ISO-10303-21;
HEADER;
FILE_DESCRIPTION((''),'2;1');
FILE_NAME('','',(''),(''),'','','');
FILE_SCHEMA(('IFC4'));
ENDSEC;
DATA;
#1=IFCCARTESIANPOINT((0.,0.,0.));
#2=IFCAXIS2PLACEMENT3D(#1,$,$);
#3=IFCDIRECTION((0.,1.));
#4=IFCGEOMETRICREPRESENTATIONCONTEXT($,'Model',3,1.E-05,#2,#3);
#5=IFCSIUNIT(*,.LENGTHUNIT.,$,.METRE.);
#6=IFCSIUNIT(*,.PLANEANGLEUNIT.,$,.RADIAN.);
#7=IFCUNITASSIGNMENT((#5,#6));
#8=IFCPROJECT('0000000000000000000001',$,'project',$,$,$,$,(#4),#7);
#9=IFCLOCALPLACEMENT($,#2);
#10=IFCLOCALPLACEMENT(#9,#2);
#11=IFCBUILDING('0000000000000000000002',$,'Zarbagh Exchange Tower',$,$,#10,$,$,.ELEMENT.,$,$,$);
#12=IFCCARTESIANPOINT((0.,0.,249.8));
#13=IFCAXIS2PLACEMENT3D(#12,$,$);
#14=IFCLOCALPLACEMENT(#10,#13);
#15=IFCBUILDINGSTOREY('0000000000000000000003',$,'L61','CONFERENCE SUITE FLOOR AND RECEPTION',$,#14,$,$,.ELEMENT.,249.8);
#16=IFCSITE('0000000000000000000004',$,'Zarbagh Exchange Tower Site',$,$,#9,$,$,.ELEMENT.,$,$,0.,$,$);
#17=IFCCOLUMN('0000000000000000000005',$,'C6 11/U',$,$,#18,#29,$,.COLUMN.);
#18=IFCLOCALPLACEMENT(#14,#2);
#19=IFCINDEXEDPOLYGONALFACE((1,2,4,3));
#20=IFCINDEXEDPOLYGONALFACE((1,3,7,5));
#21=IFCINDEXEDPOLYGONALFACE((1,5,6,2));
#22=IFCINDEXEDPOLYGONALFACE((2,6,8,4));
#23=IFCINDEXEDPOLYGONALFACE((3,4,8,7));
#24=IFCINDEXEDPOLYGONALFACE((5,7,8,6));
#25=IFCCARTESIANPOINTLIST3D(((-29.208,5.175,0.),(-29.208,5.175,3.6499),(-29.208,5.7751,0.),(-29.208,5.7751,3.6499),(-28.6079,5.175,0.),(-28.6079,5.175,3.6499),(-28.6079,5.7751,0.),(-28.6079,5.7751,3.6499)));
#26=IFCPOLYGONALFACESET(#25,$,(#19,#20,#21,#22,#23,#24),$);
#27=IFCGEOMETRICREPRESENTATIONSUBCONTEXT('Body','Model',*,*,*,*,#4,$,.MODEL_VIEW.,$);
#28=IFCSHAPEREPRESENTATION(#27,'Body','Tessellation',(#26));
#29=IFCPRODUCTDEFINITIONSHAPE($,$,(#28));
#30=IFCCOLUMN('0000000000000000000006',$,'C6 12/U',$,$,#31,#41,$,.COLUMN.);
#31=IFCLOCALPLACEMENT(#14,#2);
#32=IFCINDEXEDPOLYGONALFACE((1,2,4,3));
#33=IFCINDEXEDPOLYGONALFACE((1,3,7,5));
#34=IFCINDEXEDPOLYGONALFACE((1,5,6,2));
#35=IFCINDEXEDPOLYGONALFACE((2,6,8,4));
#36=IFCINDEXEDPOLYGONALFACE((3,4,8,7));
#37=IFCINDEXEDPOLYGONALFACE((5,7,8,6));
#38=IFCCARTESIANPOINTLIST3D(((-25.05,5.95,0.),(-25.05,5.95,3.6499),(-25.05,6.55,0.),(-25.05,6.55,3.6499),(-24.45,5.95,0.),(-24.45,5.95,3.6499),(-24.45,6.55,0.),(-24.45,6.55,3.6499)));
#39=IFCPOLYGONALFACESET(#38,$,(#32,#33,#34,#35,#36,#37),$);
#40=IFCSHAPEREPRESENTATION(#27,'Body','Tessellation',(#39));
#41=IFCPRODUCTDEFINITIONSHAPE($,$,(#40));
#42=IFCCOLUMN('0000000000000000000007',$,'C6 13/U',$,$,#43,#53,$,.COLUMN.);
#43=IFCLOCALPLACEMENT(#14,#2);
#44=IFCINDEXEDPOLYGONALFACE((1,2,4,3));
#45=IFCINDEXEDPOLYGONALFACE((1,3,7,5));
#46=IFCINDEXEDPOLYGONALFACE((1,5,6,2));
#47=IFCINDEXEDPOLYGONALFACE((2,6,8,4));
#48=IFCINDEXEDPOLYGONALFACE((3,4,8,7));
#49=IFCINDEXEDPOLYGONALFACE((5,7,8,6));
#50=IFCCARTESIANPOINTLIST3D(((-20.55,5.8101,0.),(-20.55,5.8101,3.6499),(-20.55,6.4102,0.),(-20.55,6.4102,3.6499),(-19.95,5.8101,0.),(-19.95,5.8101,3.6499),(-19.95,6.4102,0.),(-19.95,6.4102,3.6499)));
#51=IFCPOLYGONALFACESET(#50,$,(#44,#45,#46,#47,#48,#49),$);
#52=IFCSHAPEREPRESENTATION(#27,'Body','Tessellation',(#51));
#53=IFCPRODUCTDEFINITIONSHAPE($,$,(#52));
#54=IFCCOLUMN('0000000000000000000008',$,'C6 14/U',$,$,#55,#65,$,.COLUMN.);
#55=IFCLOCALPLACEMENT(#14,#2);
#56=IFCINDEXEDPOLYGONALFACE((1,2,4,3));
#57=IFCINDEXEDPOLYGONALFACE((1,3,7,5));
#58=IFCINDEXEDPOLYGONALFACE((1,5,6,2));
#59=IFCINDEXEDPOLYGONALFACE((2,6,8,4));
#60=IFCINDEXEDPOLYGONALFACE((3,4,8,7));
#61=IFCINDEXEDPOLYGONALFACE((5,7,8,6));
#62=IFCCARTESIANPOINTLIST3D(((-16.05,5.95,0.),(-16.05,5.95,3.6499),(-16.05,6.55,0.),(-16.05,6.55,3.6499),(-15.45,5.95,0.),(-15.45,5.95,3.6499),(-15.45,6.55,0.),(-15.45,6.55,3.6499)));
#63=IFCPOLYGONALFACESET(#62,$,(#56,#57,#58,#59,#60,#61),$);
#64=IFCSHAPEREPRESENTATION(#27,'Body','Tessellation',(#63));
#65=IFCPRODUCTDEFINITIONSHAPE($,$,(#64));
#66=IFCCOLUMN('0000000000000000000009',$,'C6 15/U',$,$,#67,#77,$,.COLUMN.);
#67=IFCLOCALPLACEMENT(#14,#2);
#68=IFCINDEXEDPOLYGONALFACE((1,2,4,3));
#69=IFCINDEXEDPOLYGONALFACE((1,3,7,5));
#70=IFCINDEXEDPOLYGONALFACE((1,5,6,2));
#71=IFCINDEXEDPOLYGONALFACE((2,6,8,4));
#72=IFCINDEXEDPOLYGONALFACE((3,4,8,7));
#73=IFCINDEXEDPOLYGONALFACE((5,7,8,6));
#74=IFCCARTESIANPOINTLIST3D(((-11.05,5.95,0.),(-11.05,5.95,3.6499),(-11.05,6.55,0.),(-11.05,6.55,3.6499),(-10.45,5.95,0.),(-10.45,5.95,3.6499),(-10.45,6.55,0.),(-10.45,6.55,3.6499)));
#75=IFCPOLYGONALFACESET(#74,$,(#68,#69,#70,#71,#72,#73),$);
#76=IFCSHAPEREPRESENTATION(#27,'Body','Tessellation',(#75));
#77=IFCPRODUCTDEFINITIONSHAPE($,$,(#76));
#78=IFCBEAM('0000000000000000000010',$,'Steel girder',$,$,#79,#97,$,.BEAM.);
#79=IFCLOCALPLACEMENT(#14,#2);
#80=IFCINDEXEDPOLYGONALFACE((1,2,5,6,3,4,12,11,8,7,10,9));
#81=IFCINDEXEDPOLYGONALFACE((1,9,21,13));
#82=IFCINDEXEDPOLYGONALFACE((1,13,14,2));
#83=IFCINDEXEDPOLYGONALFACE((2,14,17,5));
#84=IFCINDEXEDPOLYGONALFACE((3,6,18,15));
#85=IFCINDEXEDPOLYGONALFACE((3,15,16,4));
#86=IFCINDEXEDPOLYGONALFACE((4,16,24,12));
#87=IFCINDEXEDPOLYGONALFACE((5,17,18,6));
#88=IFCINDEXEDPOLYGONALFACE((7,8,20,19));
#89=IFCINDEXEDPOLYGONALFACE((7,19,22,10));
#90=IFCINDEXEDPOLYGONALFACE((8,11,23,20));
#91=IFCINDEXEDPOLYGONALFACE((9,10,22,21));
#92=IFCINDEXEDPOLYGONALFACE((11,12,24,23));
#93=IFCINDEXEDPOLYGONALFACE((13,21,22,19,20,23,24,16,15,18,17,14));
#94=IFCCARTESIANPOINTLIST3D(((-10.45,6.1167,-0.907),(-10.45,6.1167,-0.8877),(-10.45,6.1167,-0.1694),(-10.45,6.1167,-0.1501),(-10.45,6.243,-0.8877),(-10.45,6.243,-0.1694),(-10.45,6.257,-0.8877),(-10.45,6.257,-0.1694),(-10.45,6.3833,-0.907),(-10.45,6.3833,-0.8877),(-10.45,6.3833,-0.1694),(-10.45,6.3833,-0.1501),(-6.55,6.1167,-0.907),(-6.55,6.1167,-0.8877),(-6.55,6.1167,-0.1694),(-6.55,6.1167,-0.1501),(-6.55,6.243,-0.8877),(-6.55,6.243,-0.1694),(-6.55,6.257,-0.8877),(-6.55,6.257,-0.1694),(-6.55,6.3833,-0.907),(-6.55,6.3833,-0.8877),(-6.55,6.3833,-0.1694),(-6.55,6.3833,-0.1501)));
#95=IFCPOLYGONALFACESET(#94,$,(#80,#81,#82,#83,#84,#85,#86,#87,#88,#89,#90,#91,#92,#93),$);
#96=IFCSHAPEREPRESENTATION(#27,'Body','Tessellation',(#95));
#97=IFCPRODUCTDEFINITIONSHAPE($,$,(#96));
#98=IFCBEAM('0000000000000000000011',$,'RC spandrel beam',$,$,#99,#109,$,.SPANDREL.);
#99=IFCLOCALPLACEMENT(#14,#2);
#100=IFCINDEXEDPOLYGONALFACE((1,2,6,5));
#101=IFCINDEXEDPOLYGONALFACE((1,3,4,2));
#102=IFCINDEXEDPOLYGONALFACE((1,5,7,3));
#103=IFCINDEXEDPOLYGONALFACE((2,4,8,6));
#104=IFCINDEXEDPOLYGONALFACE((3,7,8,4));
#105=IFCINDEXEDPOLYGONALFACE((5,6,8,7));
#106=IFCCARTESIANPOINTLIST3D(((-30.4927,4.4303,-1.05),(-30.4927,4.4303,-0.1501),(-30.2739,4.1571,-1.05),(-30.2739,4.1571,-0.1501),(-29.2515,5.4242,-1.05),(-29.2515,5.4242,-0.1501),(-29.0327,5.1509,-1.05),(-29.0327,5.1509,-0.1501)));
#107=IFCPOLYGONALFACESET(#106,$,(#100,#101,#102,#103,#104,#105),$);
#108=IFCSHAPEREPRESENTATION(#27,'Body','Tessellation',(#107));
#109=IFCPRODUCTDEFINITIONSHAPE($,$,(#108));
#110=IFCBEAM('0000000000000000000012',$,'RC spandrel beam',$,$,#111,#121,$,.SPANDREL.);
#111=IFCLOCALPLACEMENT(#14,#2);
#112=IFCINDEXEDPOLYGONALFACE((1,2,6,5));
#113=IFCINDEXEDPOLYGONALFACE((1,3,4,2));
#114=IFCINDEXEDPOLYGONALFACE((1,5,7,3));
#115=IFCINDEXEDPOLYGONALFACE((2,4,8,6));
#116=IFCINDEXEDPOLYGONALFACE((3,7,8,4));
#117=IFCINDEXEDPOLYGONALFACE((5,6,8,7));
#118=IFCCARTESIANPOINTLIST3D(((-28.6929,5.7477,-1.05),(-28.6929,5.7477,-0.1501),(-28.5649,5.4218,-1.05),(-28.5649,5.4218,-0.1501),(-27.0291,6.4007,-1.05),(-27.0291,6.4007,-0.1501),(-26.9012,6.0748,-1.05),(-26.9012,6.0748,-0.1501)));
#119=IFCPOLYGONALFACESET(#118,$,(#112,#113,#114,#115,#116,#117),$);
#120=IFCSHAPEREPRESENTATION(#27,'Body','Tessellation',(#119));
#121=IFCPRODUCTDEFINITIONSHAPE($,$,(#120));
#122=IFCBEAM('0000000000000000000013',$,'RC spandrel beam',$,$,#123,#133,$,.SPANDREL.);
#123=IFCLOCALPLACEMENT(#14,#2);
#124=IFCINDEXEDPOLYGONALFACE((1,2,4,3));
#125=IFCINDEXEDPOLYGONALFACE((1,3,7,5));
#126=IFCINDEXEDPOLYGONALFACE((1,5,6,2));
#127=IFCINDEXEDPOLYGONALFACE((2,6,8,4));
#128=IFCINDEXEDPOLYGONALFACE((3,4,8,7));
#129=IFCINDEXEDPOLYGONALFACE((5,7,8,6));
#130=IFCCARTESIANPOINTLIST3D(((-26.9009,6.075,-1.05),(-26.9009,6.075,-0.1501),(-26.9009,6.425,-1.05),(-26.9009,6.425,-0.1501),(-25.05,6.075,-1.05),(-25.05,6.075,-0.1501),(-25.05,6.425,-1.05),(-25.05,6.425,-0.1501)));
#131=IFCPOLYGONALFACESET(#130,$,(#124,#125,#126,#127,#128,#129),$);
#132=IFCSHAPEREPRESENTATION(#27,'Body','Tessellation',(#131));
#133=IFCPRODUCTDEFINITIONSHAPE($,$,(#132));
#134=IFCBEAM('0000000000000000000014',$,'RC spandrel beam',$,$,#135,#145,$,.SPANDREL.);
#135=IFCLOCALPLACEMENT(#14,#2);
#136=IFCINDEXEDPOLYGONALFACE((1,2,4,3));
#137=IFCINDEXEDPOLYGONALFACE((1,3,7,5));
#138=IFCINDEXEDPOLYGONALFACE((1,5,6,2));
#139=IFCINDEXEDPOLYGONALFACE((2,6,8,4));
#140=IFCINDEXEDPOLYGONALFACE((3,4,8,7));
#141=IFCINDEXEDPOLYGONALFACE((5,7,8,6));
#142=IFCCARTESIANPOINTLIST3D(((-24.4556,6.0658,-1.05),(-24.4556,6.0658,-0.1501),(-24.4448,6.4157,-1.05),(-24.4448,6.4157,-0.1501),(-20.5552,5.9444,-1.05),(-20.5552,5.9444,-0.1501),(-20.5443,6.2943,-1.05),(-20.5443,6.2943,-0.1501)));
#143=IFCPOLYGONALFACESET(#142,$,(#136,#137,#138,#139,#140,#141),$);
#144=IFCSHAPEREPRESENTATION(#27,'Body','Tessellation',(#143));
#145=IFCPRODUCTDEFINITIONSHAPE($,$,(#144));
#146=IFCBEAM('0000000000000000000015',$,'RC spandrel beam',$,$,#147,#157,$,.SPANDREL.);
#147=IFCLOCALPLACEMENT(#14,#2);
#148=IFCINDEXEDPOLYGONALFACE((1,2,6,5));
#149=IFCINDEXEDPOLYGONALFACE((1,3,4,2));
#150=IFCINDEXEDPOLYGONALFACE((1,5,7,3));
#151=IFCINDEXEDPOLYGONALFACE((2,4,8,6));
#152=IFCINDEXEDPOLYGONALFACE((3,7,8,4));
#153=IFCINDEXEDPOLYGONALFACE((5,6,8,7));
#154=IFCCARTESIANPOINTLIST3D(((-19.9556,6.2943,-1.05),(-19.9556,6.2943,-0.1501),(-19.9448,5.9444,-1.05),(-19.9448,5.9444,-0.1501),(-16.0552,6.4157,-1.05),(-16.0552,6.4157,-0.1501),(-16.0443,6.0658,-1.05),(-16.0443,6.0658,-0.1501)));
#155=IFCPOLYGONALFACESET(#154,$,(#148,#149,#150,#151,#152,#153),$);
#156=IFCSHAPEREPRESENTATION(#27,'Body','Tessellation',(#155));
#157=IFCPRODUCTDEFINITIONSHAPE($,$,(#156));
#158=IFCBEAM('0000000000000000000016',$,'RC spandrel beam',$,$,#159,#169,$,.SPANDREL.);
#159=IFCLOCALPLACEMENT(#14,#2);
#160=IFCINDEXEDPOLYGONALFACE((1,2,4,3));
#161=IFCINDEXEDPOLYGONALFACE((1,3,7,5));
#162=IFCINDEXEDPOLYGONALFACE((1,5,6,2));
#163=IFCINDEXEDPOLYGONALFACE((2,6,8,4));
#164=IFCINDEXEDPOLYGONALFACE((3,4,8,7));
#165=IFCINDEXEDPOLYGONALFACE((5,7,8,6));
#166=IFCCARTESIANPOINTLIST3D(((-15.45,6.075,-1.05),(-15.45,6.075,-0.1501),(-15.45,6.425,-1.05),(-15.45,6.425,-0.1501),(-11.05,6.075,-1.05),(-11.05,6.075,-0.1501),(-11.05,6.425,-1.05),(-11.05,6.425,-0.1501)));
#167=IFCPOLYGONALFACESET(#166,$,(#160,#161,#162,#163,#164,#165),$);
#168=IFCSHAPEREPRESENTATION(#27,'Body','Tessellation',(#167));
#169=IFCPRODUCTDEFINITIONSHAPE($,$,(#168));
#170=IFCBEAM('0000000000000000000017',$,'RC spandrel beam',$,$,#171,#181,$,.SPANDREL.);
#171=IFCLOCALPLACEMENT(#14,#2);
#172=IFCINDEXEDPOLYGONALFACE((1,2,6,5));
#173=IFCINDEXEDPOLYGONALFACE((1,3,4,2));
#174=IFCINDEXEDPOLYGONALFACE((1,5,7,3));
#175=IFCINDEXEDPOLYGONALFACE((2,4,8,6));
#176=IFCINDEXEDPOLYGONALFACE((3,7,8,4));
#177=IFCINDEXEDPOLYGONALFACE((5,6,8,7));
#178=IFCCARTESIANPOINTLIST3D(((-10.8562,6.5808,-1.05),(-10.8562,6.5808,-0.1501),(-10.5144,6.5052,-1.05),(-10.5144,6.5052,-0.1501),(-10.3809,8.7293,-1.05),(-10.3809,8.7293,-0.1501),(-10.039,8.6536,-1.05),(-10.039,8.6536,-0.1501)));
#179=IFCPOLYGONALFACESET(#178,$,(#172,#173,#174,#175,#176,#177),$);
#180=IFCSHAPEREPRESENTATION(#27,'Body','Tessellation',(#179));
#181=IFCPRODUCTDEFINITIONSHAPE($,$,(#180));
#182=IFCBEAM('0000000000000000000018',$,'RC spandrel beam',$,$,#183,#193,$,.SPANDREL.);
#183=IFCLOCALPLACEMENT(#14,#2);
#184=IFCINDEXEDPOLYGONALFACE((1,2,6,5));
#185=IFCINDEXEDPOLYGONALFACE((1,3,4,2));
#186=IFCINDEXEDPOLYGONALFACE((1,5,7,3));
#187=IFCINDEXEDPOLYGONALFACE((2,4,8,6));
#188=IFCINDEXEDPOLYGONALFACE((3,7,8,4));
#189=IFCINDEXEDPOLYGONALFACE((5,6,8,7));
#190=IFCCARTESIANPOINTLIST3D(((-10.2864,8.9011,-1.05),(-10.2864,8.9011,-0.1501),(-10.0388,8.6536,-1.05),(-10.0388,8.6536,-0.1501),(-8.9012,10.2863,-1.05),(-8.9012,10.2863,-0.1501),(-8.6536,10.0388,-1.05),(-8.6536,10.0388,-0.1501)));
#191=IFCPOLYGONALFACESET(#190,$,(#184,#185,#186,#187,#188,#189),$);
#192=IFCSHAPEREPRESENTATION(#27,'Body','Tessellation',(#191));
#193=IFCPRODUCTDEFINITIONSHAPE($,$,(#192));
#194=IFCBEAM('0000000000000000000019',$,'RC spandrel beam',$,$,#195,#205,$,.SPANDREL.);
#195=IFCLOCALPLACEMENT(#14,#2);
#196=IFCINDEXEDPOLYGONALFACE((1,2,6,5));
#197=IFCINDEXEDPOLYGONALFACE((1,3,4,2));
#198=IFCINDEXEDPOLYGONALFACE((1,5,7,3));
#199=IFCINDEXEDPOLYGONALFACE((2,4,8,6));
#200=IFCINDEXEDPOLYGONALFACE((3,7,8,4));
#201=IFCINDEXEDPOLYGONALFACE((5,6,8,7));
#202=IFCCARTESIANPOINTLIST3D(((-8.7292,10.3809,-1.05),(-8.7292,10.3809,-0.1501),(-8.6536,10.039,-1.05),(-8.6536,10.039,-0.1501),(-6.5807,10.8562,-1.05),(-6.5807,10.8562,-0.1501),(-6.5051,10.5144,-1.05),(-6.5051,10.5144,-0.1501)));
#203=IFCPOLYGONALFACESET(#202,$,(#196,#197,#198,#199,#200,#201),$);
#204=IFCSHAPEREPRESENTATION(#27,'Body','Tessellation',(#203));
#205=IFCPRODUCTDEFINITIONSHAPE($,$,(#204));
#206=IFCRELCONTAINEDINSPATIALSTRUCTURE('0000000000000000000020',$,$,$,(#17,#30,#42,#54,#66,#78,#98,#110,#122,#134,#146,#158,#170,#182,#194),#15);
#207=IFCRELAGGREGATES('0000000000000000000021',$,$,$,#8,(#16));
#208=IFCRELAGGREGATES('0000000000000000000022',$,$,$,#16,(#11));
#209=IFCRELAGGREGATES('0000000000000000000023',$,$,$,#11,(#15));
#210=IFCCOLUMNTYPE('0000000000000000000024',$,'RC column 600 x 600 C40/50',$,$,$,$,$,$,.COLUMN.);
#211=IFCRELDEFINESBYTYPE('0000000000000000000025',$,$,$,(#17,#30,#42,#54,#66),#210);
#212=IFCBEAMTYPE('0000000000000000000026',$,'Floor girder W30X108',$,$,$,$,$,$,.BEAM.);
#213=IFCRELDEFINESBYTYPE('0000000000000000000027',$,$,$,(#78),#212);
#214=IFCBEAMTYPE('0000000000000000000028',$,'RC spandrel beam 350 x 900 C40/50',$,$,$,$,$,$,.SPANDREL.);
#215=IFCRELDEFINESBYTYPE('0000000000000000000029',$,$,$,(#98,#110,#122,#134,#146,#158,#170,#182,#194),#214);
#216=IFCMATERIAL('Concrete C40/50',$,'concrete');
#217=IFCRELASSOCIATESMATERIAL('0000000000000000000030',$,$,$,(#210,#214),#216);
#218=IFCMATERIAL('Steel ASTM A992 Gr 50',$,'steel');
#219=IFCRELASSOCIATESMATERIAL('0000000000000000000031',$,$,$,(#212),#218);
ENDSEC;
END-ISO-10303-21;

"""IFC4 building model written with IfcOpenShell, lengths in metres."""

from ifc_helpers import new_model, si_unit, direction, frame, origin, origin_2d, place, context, subcontext, project, spatial, rectangle, i_section, extrude, material, material_profile, profile_set, type_object, element, save


model = new_model("IFC4")

# Units and contexts
model_context = context("Model", 3, precision=1e-05, world=origin(), true_north=direction((0.0, 1.0)))
body_context = subcontext(model_context, "Body", "Model", "MODEL_VIEW")
ifc_project = project(units=[si_unit("LENGTHUNIT", "METRE"), si_unit("PLANEANGLEUNIT", "RADIAN")], contexts=[model_context])

# Site, building, storey
site_placement = place(None, origin())
site = spatial("IfcSite", under=ifc_project, at=site_placement, Name="Zarbagh Exchange Tower Site", CompositionType="ELEMENT", RefElevation=0.0)
building_placement = place(site_placement, origin())
building = spatial("IfcBuilding", under=site, at=building_placement, Name="Zarbagh Exchange Tower", CompositionType="ELEMENT")
storey_placement = place(building_placement, frame((0.0, 0.0, 249.8)))
storey = spatial("IfcBuildingStorey", under=building, at=storey_placement, Name="L61", Description="CONFERENCE SUITE FLOOR AND RECEPTION", CompositionType="ELEMENT", Elevation=249.8)

# Columns
ifc_material_1 = material(Name="Concrete C40/50", Category="concrete")
ifc_material_profile_1 = material_profile(ifc_material_1, rectangle(XDim=0.6001, YDim=0.6001, at=origin_2d()), Name="RC column 600 x 600 C40/50")
ifc_profile_set_1 = profile_set([ifc_material_profile_1], Name="Concrete C40/50")
column_type = type_object("IfcColumnType", Name="RC column 600 x 600 C40/50", PredefinedType="COLUMN", material=ifc_profile_set_1)
for number, where, z_axis, x_axis, name in (
    (1, (-28.908, 5.4751, 0.0), (0.0, 0.0, 1.0), (1.0, 0.0, 0.0), "C6 11/U"),
    (2, (-24.75, 6.25, 0.0), (0.0, 0.0, 1.0), (1.0, 0.0, 0.0), "C6 12/U"),
    (3, (-20.25, 6.1101, 0.0), (0.0, 0.0, 1.0), (1.0, 0.0, 0.0), "C6 13/U"),
    (4, (-15.75, 6.25, 0.0), (0.0, 0.0, 1.0), (1.0, 0.0, 0.0), "C6 14/U"),
    (5, (-10.75, 6.25, 0.0), (0.0, 0.0, 1.0), (1.0, 0.0, 0.0), "C6 15/U"),
):
    element("IfcColumn", number, at=place(storey_placement, frame(where, z_axis=z_axis, x_axis=x_axis)), inside=storey, type_object=column_type, Name=name, PredefinedType="COLUMN", context=body_context, shape_type="SweptSolid", body=[
        extrude(rectangle(XDim=0.6001, YDim=0.6001, at=origin_2d()), origin(), (0.0, 0.0, 1.0), 3.6499),
    ])

# Beams
ifc_material_2 = material(Name="Steel ASTM A992 Gr 50", Category="steel")
ifc_material_profile_2 = material_profile(ifc_material_2, i_section(OverallWidth=0.2666, OverallDepth=0.7568, WebThickness=0.0139, FlangeThickness=0.0193, at=origin_2d()), Name="W30X108")
ifc_profile_set_2 = profile_set([ifc_material_profile_2], Name="Steel ASTM A992 Gr 50")
beam_type_1 = type_object("IfcBeamType", Name="Floor girder W30X108", PredefinedType="BEAM", material=ifc_profile_set_2)
beam_1_placement = place(storey_placement, frame((-10.45, 6.25, -0.5286), z_axis=(1.0, 0.0, 0.0), x_axis=(0.0, 1.0, 0.0)))
element("IfcBeam", 6, at=beam_1_placement, inside=storey, type_object=beam_type_1, Name="Steel girder", PredefinedType="BEAM", context=body_context, shape_type="SweptSolid", body=[
    extrude(i_section(OverallWidth=0.2666, OverallDepth=0.7568, WebThickness=0.0139, FlangeThickness=0.0193, at=origin_2d()), origin(), (0.0, 0.0, 1.0), 3.8999),
])
ifc_material_profile_3 = material_profile(ifc_material_1, rectangle(XDim=0.3501, YDim=0.8999, at=origin_2d()), Name="RC spandrel beam 350 x 900 C40/50")
ifc_profile_set_3 = profile_set([ifc_material_profile_3], Name="Concrete C40/50")
beam_type_2 = type_object("IfcBeamType", Name="RC spandrel beam 350 x 900 C40/50", PredefinedType="SPANDREL", material=ifc_profile_set_3)
beam_2_placement = place(storey_placement, frame((-30.3833, 4.2937, -0.6001), z_axis=(0.780584, 0.625051, 0.0), x_axis=(-0.625051, 0.780584, 0.0)))
element("IfcBeam", 7, at=beam_2_placement, inside=storey, type_object=beam_type_2, Name="RC spandrel beam", PredefinedType="SPANDREL", context=body_context, shape_type="SweptSolid", body=[
    extrude(rectangle(XDim=0.3501, YDim=0.8999, at=origin_2d()), origin(), (0.0, 0.0, 1.0), 1.5901),
])
beam_3_placement = place(storey_placement, frame((-28.6289, 5.5847, -0.6001), z_axis=(0.930859, 0.365378, 0.0), x_axis=(-0.365378, 0.930859, 0.0)))
element("IfcBeam", 8, at=beam_3_placement, inside=storey, type_object=beam_type_2, Name="RC spandrel beam", PredefinedType="SPANDREL", context=body_context, shape_type="SweptSolid", body=[
    extrude(rectangle(XDim=0.3501, YDim=0.8999, at=origin_2d()), origin(), (0.0, 0.0, 1.0), 1.7874),
])
beam_4_placement = place(storey_placement, frame((-26.9009, 6.25, -0.6001), z_axis=(1.0, 0.0, 0.0), x_axis=(0.0, 1.0, 0.0)))
element("IfcBeam", 9, at=beam_4_placement, inside=storey, type_object=beam_type_2, Name="RC spandrel beam", PredefinedType="SPANDREL", context=body_context, shape_type="SweptSolid", body=[
    extrude(rectangle(XDim=0.3501, YDim=0.8999, at=origin_2d()), origin(), (0.0, 0.0, 1.0), 1.8508),
])
for number, where, z_axis, x_axis, name in (
    (10, (-24.4502, 6.2407, -0.6001), (0.999516, -0.031094, 0.0), (0.031094, 0.999516, 0.0), "RC spandrel beam"),
    (11, (-19.9502, 6.1194, -0.6001), (0.999516, 0.031094, 0.0), (-0.031094, 0.999516, 0.0), "RC spandrel beam"),
):
    element("IfcBeam", number, at=place(storey_placement, frame(where, z_axis=z_axis, x_axis=x_axis)), inside=storey, type_object=beam_type_2, Name=name, PredefinedType="SPANDREL", context=body_context, shape_type="SweptSolid", body=[
        extrude(rectangle(XDim=0.3501, YDim=0.8999, at=origin_2d()), origin(), (0.0, 0.0, 1.0), 3.9023),
    ])
beam_5_placement = place(storey_placement, frame((-15.45, 6.25, -0.6001), z_axis=(1.0, 0.0, 0.0), x_axis=(0.0, 1.0, 0.0)))
element("IfcBeam", 12, at=beam_5_placement, inside=storey, type_object=beam_type_2, Name="RC spandrel beam", PredefinedType="SPANDREL", context=body_context, shape_type="SweptSolid", body=[
    extrude(rectangle(XDim=0.3501, YDim=0.8999, at=origin_2d()), origin(), (0.0, 0.0, 1.0), 4.3999),
])
beam_6_placement = place(storey_placement, frame((-10.6853, 6.543, -0.6001), z_axis=(0.216026, 0.976388, 0.0), x_axis=(-0.976388, 0.216026, 0.0)))
element("IfcBeam", 13, at=beam_6_placement, inside=storey, type_object=beam_type_2, Name="RC spandrel beam", PredefinedType="SPANDREL", context=body_context, shape_type="SweptSolid", body=[
    extrude(rectangle(XDim=0.3501, YDim=0.8999, at=origin_2d()), origin(), (0.0, 0.0, 1.0), 2.2004),
])
beam_7_placement = place(storey_placement, frame((-10.1626, 8.7773, -0.6001), z_axis=(0.707107, 0.707107, 0.0), x_axis=(-0.707107, 0.707107, 0.0)))
element("IfcBeam", 14, at=beam_7_placement, inside=storey, type_object=beam_type_2, Name="RC spandrel beam", PredefinedType="SPANDREL", context=body_context, shape_type="SweptSolid", body=[
    extrude(rectangle(XDim=0.3501, YDim=0.8999, at=origin_2d()), origin(), (0.0, 0.0, 1.0), 1.959),
])
beam_8_placement = place(storey_placement, frame((-8.6914, 10.21, -0.6001), z_axis=(0.976388, 0.216026, 0.0), x_axis=(-0.216026, 0.976388, 0.0)))
element("IfcBeam", 15, at=beam_8_placement, inside=storey, type_object=beam_type_2, Name="RC spandrel beam", PredefinedType="SPANDREL", context=body_context, shape_type="SweptSolid", body=[
    extrude(rectangle(XDim=0.3501, YDim=0.8999, at=origin_2d()), origin(), (0.0, 0.0, 1.0), 2.2004),
])

save(model, "model.ifc")
